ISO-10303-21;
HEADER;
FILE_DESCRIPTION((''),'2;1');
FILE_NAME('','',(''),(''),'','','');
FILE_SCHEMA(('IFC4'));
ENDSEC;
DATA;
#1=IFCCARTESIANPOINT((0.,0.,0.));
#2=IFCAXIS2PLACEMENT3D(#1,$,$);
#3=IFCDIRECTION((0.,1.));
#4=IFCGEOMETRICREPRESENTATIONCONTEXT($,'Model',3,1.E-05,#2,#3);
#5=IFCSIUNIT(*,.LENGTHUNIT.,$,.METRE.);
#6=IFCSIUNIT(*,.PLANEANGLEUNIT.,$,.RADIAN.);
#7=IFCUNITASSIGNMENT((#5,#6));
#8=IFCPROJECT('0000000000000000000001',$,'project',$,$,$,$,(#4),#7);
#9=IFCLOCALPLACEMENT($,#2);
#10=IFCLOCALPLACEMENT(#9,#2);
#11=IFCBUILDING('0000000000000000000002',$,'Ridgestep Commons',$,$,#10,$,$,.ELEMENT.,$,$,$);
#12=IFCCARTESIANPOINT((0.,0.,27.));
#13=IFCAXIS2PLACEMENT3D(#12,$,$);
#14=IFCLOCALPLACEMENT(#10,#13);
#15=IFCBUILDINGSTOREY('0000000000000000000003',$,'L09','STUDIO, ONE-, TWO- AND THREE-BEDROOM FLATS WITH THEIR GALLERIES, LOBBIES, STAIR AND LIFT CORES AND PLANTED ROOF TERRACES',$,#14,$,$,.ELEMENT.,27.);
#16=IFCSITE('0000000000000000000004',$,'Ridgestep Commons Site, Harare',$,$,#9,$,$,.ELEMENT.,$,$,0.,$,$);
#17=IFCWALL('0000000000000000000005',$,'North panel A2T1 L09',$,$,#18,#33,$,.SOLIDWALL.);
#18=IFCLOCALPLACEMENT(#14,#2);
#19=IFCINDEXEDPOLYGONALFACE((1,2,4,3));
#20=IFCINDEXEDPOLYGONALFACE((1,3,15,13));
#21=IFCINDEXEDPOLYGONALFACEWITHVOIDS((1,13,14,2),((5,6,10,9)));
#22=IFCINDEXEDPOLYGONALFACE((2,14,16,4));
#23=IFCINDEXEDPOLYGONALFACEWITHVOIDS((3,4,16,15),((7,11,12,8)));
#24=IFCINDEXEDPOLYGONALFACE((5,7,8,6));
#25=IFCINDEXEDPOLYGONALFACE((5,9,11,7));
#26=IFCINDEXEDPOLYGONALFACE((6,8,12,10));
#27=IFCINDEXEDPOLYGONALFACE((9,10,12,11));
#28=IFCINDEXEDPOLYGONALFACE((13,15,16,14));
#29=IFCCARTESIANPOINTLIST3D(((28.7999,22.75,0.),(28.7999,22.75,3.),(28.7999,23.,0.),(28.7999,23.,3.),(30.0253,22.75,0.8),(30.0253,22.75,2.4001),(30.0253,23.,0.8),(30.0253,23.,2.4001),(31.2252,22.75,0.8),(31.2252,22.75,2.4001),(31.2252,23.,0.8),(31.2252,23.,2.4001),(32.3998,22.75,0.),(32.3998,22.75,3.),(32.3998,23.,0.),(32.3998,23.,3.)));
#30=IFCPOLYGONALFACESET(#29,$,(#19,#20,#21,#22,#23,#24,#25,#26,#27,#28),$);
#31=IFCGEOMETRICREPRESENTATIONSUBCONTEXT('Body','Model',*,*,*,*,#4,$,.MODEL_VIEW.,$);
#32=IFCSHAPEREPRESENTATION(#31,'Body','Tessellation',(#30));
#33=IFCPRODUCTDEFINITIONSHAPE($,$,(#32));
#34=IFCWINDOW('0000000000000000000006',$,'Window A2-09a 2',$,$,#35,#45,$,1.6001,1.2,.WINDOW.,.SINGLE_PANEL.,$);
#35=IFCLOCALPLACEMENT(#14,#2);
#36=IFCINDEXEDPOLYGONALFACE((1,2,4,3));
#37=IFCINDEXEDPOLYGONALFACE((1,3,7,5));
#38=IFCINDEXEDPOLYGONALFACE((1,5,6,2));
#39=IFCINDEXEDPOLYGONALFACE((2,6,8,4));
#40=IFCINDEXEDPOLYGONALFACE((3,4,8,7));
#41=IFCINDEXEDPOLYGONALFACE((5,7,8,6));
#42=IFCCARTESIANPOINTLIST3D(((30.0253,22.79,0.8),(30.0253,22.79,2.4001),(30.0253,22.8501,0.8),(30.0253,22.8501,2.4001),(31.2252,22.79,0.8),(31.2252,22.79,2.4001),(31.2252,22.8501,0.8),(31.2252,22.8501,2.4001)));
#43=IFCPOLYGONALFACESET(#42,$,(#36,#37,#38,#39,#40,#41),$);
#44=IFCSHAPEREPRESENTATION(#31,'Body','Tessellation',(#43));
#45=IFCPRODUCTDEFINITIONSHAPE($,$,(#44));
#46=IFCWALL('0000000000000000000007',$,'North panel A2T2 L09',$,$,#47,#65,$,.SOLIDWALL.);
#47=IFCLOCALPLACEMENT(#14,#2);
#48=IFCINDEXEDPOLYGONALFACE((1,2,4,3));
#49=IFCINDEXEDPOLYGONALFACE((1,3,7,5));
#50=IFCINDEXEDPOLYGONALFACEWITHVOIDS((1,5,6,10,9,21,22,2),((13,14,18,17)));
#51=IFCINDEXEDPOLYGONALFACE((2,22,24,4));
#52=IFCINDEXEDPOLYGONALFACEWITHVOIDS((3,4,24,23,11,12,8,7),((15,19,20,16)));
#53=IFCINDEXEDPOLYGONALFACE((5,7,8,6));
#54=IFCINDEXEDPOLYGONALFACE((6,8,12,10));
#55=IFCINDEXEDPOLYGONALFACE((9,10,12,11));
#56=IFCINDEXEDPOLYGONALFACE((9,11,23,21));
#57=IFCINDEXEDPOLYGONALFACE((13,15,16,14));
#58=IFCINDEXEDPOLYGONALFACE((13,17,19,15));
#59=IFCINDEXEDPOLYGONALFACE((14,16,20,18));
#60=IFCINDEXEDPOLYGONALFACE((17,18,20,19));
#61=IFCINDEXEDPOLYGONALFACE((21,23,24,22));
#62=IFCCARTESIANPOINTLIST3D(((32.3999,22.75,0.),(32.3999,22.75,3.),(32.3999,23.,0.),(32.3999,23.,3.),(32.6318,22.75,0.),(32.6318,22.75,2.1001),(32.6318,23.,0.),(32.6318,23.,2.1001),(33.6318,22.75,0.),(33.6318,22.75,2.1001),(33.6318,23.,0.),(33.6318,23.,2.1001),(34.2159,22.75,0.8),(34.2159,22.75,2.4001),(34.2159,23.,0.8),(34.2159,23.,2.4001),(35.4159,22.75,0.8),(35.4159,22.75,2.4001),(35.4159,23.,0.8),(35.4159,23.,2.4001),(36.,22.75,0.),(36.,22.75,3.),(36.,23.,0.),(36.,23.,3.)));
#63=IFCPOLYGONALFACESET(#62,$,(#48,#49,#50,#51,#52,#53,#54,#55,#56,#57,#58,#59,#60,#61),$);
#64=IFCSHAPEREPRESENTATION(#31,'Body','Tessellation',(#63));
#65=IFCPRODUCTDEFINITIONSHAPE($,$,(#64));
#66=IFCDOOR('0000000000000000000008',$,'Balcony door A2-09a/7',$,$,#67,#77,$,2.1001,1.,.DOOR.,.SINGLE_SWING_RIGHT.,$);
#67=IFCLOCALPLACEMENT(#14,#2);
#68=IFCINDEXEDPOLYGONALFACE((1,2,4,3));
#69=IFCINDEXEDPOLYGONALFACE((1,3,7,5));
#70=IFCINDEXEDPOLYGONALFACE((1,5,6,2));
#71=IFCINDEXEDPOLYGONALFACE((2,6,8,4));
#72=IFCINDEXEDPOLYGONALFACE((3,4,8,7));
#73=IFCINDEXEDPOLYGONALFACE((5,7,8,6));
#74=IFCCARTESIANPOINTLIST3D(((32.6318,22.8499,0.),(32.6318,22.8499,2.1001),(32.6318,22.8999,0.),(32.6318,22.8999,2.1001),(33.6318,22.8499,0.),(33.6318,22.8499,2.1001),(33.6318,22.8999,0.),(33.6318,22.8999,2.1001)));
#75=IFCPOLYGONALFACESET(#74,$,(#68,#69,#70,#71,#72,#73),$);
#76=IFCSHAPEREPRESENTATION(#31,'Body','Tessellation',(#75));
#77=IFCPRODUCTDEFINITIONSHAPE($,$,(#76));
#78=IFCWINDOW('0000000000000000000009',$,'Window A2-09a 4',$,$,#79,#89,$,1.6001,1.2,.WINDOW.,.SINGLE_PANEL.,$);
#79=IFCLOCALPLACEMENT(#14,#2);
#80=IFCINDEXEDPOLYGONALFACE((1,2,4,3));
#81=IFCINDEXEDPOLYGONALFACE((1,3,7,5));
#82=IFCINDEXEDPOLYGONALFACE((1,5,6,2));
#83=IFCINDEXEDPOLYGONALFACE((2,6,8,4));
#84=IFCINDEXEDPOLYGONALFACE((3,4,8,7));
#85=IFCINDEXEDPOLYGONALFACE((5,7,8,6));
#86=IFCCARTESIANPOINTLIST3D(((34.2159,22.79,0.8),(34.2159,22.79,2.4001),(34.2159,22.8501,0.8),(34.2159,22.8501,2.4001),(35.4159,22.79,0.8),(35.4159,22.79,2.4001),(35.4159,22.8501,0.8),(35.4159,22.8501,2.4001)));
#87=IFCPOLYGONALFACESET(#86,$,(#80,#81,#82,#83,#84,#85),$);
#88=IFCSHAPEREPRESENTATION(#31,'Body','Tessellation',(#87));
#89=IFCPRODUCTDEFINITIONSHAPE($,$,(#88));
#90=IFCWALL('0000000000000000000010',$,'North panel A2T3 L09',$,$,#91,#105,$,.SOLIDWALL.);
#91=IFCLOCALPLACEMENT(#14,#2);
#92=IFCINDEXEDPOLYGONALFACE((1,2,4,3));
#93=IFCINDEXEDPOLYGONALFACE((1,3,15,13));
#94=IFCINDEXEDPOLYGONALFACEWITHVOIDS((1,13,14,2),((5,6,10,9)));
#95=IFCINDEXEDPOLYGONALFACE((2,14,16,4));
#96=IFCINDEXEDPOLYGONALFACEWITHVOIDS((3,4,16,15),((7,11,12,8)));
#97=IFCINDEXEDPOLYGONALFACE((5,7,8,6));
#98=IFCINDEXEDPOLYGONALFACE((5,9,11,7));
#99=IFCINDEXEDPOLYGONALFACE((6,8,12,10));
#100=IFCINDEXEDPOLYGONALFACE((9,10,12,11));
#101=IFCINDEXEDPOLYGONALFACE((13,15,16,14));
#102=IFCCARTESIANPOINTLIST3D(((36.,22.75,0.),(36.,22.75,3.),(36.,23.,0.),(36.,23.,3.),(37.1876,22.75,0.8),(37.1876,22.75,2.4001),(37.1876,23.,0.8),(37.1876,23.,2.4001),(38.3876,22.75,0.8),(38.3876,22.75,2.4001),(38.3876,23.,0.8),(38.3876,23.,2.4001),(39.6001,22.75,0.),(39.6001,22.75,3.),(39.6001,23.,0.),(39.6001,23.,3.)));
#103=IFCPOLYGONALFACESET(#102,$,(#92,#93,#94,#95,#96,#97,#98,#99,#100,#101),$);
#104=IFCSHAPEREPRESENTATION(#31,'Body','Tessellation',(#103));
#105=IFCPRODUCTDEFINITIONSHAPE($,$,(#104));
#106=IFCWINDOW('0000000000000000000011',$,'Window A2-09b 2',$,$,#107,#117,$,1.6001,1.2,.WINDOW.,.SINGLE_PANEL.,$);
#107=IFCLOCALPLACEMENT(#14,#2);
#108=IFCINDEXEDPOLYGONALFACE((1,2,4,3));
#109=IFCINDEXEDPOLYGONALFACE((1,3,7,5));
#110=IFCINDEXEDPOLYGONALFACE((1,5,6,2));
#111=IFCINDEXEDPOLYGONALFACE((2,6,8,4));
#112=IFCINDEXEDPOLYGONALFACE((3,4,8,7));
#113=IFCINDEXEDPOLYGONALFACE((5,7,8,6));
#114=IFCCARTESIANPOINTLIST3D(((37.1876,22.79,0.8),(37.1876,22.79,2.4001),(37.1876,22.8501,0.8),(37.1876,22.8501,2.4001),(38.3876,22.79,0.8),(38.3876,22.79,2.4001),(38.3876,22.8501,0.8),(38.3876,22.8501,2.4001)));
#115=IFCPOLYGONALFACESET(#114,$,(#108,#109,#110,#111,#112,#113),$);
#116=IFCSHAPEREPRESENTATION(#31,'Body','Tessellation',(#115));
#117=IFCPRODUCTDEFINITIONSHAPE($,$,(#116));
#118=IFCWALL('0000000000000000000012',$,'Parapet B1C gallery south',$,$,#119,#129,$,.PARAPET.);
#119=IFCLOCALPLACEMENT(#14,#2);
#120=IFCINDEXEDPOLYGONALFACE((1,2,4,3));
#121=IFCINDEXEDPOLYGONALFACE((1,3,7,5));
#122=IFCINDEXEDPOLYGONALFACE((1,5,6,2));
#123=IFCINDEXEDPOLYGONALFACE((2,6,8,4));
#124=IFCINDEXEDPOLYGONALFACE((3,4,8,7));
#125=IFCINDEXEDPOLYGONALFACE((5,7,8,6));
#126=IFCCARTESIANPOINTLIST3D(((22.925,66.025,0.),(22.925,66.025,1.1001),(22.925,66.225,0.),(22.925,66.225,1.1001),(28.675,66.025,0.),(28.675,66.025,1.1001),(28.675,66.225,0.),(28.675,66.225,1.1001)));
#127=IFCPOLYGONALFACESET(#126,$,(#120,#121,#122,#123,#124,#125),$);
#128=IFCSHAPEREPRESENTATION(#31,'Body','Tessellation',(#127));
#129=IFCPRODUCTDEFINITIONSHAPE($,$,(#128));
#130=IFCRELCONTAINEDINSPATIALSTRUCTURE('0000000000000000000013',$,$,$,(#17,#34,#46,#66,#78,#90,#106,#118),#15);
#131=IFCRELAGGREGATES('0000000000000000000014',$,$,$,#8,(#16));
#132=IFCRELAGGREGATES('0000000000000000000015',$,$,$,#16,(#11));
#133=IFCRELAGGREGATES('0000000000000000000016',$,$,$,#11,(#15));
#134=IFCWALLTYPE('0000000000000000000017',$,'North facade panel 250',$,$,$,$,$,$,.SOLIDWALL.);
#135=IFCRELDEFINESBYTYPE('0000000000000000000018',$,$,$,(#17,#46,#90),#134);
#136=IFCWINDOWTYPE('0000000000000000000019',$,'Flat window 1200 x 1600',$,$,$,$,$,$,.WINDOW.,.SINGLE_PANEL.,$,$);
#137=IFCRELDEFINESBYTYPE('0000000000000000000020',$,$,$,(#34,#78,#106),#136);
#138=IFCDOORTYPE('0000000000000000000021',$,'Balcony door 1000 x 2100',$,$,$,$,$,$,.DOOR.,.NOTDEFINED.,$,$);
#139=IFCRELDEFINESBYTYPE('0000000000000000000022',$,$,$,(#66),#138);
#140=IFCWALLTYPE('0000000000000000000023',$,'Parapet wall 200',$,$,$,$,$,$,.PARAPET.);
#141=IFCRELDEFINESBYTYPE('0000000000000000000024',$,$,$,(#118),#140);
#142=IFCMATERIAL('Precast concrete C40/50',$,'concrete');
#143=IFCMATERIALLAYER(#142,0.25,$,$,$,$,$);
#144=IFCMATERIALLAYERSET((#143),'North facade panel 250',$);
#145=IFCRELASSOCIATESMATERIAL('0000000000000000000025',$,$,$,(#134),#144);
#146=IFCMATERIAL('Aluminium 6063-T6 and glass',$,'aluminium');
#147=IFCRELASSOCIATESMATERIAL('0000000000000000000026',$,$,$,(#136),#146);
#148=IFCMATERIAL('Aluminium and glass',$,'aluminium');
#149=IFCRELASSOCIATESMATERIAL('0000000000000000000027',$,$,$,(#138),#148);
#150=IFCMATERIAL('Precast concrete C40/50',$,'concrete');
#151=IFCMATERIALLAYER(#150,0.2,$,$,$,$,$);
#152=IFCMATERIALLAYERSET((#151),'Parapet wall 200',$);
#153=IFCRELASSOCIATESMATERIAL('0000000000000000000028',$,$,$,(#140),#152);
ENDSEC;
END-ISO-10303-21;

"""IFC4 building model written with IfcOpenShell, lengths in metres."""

from ifc_helpers import new_model, si_unit, direction, frame, frame_2d, origin, place, context, subcontext, project, spatial, rectangle, extrude, material, layer, layer_set, type_object, element, fill, save


model = new_model("IFC4")

# Units and contexts
model_context = context("Model", 3, precision=1e-05, world=origin(), true_north=direction((0.0, 1.0)))
body_context = subcontext(model_context, "Body", "Model", "MODEL_VIEW")
ifc_project = project(units=[si_unit("LENGTHUNIT", "METRE"), si_unit("PLANEANGLEUNIT", "RADIAN")], contexts=[model_context])

# Site, building, storey
site_placement = place(None, origin())
site = spatial("IfcSite", under=ifc_project, at=site_placement, Name="Ridgestep Commons Site, Harare", CompositionType="ELEMENT", RefElevation=0.0)
building_placement = place(site_placement, origin())
building = spatial("IfcBuilding", under=site, at=building_placement, Name="Ridgestep Commons", CompositionType="ELEMENT")
storey_placement = place(building_placement, frame((0.0, 0.0, 27.0)))
storey = spatial("IfcBuildingStorey", under=building, at=storey_placement, Name="L09", Description="STUDIO, ONE-, TWO- AND THREE-BEDROOM FLATS WITH THEIR GALLERIES, LOBBIES, STAIR AND LIFT CORES AND PLANTED ROOF TERRACES", CompositionType="ELEMENT", Elevation=27.0)

# Shared definitions
ifc_material_1 = material(Name="Precast concrete C40/50", Category="concrete")
ifc_layer_1 = layer(ifc_material_1, 0.25)
ifc_layer_set_1 = layer_set([ifc_layer_1], Name="North facade panel 250")
wall_type_1 = type_object("IfcWallType", Name="North facade panel 250", PredefinedType="SOLIDWALL", material=ifc_layer_set_1)

# Wall, opening, window
wall_1_placement = place(storey_placement, frame((28.8, 22.875, 0.0), z_axis=(0.0, 0.0, 1.0), x_axis=(1.0, 0.0, 0.0)))
wall_1 = element("IfcWall", 1, at=wall_1_placement, inside=storey, type_object=wall_type_1, Name="North panel A2T1 L09", PredefinedType="SOLIDWALL", context=body_context, shape_type="SweptSolid", body=[
    extrude(rectangle(XDim=3.5999, YDim=0.25, at=frame_2d((1.7998, 0.0))), origin(), (0.0, 0.0, 1.0), 3.0),
])
opening_1_placement = place(wall_1_placement, frame((1.2251, 0.0, 0.8)))
opening_1 = element("IfcOpeningElement", 2, at=opening_1_placement, cuts=wall_1, PredefinedType="OPENING", context=body_context, shape_type="SweptSolid", body=[
    extrude(rectangle(XDim=1.2, YDim=1.6001, at=frame_2d((0.6001, 0.8))), frame((0.0, 0.135, 0.0), z_axis=(0.0, -1.0, 0.0), x_axis=(1.0, 0.0, 0.0)), (0.0, 0.0, 1.0), 0.27),
])
ifc_material_2 = material(Name="Aluminium 6063-T6 and glass", Category="aluminium")
window_type = type_object("IfcWindowType", Name="Flat window 1200 x 1600", PartitioningType="SINGLE_PANEL", PredefinedType="WINDOW", material=ifc_material_2)
window_1_placement = place(opening_1_placement, origin())
window_1 = element("IfcWindow", 3, at=window_1_placement, inside=storey, type_object=window_type, Name="Window A2-09a 2", OverallHeight=1.6001, OverallWidth=1.2, PartitioningType="SINGLE_PANEL", PredefinedType="WINDOW", context=body_context, shape_type="SweptSolid", body=[
    extrude(rectangle(XDim=1.2, YDim=1.6001, at=frame_2d((0.6001, 0.8))), frame((0.0, -0.0249, 0.0), z_axis=(0.0, -1.0, 0.0), x_axis=(1.0, 0.0, 0.0)), (0.0, 0.0, 1.0), 0.0601),
])
fill(opening_1, window_1)

# Wall, openings, door, window
wall_2_placement = place(storey_placement, frame((32.3999, 22.875, 0.0), z_axis=(0.0, 0.0, 1.0), x_axis=(1.0, 0.0, 0.0)))
wall_2 = element("IfcWall", 4, at=wall_2_placement, inside=storey, type_object=wall_type_1, Name="North panel A2T2 L09", PredefinedType="SOLIDWALL", context=body_context, shape_type="SweptSolid", body=[
    extrude(rectangle(XDim=3.6001, YDim=0.25, at=frame_2d((1.8, 0.0))), origin(), (0.0, 0.0, 1.0), 3.0),
])
opening_2_placement = place(wall_2_placement, frame((1.8159, 0.0, 0.8)))
opening_2 = element("IfcOpeningElement", 5, at=opening_2_placement, cuts=wall_2, PredefinedType="OPENING", context=body_context, shape_type="SweptSolid", body=[
    extrude(rectangle(XDim=1.2, YDim=1.6001, at=frame_2d((0.6001, 0.8))), frame((0.0, 0.135, 0.0), z_axis=(0.0, -1.0, 0.0), x_axis=(1.0, 0.0, 0.0)), (0.0, 0.0, 1.0), 0.27),
])
opening_3_placement = place(wall_2_placement, frame((0.2319, 0.0, 0.0)))
opening_3 = element("IfcOpeningElement", 6, at=opening_3_placement, cuts=wall_2, PredefinedType="OPENING", context=body_context, shape_type="SweptSolid", body=[
    extrude(rectangle(XDim=1.0, YDim=2.1001, at=frame_2d((0.5, 1.05))), frame((0.0, 0.135, 0.0), z_axis=(0.0, -1.0, 0.0), x_axis=(1.0, 0.0, 0.0)), (0.0, 0.0, 1.0), 0.27),
])
ifc_material_3 = material(Name="Aluminium and glass", Category="aluminium")
door_type_1 = type_object("IfcDoorType", Name="Balcony door 1000 x 2100", OperationType="NOTDEFINED", PredefinedType="DOOR", material=ifc_material_3)
door_1_placement = place(opening_3_placement, origin())
door_1 = element("IfcDoor", 7, at=door_1_placement, inside=storey, type_object=door_type_1, Name="Balcony door A2-09a/7", OperationType="SINGLE_SWING_RIGHT", OverallHeight=2.1001, OverallWidth=1.0, PredefinedType="DOOR", context=body_context, shape_type="SweptSolid", body=[
    extrude(rectangle(XDim=1.0, YDim=2.1001, at=frame_2d((0.5, 1.05))), frame((0.0, 0.0249, 0.0), z_axis=(0.0, -1.0, 0.0), x_axis=(1.0, 0.0, 0.0)), (0.0, 0.0, 1.0), 0.05),
])
fill(opening_3, door_1)
window_2_placement = place(opening_2_placement, origin())
window_2 = element("IfcWindow", 8, at=window_2_placement, inside=storey, type_object=window_type, Name="Window A2-09a 4", OverallHeight=1.6001, OverallWidth=1.2, PartitioningType="SINGLE_PANEL", PredefinedType="WINDOW", context=body_context, shape_type="SweptSolid", body=[
    extrude(rectangle(XDim=1.2, YDim=1.6001, at=frame_2d((0.6001, 0.8))), frame((0.0, -0.0249, 0.0), z_axis=(0.0, -1.0, 0.0), x_axis=(1.0, 0.0, 0.0)), (0.0, 0.0, 1.0), 0.0601),
])
fill(opening_2, window_2)

# Wall, opening, window
wall_3_placement = place(storey_placement, frame((36.0, 22.875, 0.0), z_axis=(0.0, 0.0, 1.0), x_axis=(1.0, 0.0, 0.0)))
wall_3 = element("IfcWall", 9, at=wall_3_placement, inside=storey, type_object=wall_type_1, Name="North panel A2T3 L09", PredefinedType="SOLIDWALL", context=body_context, shape_type="SweptSolid", body=[
    extrude(rectangle(XDim=3.6001, YDim=0.25, at=frame_2d((1.8, 0.0))), origin(), (0.0, 0.0, 1.0), 3.0),
])
opening_4_placement = place(wall_3_placement, frame((1.1875, 0.0, 0.8)))
opening_4 = element("IfcOpeningElement", 10, at=opening_4_placement, cuts=wall_3, PredefinedType="OPENING", context=body_context, shape_type="SweptSolid", body=[
    extrude(rectangle(XDim=1.2, YDim=1.6001, at=frame_2d((0.6001, 0.8))), frame((0.0, 0.135, 0.0), z_axis=(0.0, -1.0, 0.0), x_axis=(1.0, 0.0, 0.0)), (0.0, 0.0, 1.0), 0.27),
])
window_3_placement = place(opening_4_placement, origin())
window_3 = element("IfcWindow", 11, at=window_3_placement, inside=storey, type_object=window_type, Name="Window A2-09b 2", OverallHeight=1.6001, OverallWidth=1.2, PartitioningType="SINGLE_PANEL", PredefinedType="WINDOW", context=body_context, shape_type="SweptSolid", body=[
    extrude(rectangle(XDim=1.2, YDim=1.6001, at=frame_2d((0.6001, 0.8))), frame((0.0, -0.0249, 0.0), z_axis=(0.0, -1.0, 0.0), x_axis=(1.0, 0.0, 0.0)), (0.0, 0.0, 1.0), 0.0601),
])
fill(opening_4, window_3)

# Wall
ifc_material_4 = material(Name="Precast concrete C40/50", Category="concrete")
ifc_layer_2 = layer(ifc_material_4, 0.2)
ifc_layer_set_2 = layer_set([ifc_layer_2], Name="Parapet wall 200")
wall_type_2 = type_object("IfcWallType", Name="Parapet wall 200", PredefinedType="PARAPET", material=ifc_layer_set_2)
wall_4_placement = place(storey_placement, frame((22.925, 66.125, 0.0), z_axis=(0.0, 0.0, 1.0), x_axis=(1.0, 0.0, 0.0)))
element("IfcWall", 12, at=wall_4_placement, inside=storey, type_object=wall_type_2, Name="Parapet B1C gallery south", PredefinedType="PARAPET", context=body_context, shape_type="SweptSolid", body=[
    extrude(rectangle(XDim=5.75, YDim=0.2, at=frame_2d((2.875, 0.0))), origin(), (0.0, 0.0, 1.0), 1.1001),
])

save(model, "model.ifc")
